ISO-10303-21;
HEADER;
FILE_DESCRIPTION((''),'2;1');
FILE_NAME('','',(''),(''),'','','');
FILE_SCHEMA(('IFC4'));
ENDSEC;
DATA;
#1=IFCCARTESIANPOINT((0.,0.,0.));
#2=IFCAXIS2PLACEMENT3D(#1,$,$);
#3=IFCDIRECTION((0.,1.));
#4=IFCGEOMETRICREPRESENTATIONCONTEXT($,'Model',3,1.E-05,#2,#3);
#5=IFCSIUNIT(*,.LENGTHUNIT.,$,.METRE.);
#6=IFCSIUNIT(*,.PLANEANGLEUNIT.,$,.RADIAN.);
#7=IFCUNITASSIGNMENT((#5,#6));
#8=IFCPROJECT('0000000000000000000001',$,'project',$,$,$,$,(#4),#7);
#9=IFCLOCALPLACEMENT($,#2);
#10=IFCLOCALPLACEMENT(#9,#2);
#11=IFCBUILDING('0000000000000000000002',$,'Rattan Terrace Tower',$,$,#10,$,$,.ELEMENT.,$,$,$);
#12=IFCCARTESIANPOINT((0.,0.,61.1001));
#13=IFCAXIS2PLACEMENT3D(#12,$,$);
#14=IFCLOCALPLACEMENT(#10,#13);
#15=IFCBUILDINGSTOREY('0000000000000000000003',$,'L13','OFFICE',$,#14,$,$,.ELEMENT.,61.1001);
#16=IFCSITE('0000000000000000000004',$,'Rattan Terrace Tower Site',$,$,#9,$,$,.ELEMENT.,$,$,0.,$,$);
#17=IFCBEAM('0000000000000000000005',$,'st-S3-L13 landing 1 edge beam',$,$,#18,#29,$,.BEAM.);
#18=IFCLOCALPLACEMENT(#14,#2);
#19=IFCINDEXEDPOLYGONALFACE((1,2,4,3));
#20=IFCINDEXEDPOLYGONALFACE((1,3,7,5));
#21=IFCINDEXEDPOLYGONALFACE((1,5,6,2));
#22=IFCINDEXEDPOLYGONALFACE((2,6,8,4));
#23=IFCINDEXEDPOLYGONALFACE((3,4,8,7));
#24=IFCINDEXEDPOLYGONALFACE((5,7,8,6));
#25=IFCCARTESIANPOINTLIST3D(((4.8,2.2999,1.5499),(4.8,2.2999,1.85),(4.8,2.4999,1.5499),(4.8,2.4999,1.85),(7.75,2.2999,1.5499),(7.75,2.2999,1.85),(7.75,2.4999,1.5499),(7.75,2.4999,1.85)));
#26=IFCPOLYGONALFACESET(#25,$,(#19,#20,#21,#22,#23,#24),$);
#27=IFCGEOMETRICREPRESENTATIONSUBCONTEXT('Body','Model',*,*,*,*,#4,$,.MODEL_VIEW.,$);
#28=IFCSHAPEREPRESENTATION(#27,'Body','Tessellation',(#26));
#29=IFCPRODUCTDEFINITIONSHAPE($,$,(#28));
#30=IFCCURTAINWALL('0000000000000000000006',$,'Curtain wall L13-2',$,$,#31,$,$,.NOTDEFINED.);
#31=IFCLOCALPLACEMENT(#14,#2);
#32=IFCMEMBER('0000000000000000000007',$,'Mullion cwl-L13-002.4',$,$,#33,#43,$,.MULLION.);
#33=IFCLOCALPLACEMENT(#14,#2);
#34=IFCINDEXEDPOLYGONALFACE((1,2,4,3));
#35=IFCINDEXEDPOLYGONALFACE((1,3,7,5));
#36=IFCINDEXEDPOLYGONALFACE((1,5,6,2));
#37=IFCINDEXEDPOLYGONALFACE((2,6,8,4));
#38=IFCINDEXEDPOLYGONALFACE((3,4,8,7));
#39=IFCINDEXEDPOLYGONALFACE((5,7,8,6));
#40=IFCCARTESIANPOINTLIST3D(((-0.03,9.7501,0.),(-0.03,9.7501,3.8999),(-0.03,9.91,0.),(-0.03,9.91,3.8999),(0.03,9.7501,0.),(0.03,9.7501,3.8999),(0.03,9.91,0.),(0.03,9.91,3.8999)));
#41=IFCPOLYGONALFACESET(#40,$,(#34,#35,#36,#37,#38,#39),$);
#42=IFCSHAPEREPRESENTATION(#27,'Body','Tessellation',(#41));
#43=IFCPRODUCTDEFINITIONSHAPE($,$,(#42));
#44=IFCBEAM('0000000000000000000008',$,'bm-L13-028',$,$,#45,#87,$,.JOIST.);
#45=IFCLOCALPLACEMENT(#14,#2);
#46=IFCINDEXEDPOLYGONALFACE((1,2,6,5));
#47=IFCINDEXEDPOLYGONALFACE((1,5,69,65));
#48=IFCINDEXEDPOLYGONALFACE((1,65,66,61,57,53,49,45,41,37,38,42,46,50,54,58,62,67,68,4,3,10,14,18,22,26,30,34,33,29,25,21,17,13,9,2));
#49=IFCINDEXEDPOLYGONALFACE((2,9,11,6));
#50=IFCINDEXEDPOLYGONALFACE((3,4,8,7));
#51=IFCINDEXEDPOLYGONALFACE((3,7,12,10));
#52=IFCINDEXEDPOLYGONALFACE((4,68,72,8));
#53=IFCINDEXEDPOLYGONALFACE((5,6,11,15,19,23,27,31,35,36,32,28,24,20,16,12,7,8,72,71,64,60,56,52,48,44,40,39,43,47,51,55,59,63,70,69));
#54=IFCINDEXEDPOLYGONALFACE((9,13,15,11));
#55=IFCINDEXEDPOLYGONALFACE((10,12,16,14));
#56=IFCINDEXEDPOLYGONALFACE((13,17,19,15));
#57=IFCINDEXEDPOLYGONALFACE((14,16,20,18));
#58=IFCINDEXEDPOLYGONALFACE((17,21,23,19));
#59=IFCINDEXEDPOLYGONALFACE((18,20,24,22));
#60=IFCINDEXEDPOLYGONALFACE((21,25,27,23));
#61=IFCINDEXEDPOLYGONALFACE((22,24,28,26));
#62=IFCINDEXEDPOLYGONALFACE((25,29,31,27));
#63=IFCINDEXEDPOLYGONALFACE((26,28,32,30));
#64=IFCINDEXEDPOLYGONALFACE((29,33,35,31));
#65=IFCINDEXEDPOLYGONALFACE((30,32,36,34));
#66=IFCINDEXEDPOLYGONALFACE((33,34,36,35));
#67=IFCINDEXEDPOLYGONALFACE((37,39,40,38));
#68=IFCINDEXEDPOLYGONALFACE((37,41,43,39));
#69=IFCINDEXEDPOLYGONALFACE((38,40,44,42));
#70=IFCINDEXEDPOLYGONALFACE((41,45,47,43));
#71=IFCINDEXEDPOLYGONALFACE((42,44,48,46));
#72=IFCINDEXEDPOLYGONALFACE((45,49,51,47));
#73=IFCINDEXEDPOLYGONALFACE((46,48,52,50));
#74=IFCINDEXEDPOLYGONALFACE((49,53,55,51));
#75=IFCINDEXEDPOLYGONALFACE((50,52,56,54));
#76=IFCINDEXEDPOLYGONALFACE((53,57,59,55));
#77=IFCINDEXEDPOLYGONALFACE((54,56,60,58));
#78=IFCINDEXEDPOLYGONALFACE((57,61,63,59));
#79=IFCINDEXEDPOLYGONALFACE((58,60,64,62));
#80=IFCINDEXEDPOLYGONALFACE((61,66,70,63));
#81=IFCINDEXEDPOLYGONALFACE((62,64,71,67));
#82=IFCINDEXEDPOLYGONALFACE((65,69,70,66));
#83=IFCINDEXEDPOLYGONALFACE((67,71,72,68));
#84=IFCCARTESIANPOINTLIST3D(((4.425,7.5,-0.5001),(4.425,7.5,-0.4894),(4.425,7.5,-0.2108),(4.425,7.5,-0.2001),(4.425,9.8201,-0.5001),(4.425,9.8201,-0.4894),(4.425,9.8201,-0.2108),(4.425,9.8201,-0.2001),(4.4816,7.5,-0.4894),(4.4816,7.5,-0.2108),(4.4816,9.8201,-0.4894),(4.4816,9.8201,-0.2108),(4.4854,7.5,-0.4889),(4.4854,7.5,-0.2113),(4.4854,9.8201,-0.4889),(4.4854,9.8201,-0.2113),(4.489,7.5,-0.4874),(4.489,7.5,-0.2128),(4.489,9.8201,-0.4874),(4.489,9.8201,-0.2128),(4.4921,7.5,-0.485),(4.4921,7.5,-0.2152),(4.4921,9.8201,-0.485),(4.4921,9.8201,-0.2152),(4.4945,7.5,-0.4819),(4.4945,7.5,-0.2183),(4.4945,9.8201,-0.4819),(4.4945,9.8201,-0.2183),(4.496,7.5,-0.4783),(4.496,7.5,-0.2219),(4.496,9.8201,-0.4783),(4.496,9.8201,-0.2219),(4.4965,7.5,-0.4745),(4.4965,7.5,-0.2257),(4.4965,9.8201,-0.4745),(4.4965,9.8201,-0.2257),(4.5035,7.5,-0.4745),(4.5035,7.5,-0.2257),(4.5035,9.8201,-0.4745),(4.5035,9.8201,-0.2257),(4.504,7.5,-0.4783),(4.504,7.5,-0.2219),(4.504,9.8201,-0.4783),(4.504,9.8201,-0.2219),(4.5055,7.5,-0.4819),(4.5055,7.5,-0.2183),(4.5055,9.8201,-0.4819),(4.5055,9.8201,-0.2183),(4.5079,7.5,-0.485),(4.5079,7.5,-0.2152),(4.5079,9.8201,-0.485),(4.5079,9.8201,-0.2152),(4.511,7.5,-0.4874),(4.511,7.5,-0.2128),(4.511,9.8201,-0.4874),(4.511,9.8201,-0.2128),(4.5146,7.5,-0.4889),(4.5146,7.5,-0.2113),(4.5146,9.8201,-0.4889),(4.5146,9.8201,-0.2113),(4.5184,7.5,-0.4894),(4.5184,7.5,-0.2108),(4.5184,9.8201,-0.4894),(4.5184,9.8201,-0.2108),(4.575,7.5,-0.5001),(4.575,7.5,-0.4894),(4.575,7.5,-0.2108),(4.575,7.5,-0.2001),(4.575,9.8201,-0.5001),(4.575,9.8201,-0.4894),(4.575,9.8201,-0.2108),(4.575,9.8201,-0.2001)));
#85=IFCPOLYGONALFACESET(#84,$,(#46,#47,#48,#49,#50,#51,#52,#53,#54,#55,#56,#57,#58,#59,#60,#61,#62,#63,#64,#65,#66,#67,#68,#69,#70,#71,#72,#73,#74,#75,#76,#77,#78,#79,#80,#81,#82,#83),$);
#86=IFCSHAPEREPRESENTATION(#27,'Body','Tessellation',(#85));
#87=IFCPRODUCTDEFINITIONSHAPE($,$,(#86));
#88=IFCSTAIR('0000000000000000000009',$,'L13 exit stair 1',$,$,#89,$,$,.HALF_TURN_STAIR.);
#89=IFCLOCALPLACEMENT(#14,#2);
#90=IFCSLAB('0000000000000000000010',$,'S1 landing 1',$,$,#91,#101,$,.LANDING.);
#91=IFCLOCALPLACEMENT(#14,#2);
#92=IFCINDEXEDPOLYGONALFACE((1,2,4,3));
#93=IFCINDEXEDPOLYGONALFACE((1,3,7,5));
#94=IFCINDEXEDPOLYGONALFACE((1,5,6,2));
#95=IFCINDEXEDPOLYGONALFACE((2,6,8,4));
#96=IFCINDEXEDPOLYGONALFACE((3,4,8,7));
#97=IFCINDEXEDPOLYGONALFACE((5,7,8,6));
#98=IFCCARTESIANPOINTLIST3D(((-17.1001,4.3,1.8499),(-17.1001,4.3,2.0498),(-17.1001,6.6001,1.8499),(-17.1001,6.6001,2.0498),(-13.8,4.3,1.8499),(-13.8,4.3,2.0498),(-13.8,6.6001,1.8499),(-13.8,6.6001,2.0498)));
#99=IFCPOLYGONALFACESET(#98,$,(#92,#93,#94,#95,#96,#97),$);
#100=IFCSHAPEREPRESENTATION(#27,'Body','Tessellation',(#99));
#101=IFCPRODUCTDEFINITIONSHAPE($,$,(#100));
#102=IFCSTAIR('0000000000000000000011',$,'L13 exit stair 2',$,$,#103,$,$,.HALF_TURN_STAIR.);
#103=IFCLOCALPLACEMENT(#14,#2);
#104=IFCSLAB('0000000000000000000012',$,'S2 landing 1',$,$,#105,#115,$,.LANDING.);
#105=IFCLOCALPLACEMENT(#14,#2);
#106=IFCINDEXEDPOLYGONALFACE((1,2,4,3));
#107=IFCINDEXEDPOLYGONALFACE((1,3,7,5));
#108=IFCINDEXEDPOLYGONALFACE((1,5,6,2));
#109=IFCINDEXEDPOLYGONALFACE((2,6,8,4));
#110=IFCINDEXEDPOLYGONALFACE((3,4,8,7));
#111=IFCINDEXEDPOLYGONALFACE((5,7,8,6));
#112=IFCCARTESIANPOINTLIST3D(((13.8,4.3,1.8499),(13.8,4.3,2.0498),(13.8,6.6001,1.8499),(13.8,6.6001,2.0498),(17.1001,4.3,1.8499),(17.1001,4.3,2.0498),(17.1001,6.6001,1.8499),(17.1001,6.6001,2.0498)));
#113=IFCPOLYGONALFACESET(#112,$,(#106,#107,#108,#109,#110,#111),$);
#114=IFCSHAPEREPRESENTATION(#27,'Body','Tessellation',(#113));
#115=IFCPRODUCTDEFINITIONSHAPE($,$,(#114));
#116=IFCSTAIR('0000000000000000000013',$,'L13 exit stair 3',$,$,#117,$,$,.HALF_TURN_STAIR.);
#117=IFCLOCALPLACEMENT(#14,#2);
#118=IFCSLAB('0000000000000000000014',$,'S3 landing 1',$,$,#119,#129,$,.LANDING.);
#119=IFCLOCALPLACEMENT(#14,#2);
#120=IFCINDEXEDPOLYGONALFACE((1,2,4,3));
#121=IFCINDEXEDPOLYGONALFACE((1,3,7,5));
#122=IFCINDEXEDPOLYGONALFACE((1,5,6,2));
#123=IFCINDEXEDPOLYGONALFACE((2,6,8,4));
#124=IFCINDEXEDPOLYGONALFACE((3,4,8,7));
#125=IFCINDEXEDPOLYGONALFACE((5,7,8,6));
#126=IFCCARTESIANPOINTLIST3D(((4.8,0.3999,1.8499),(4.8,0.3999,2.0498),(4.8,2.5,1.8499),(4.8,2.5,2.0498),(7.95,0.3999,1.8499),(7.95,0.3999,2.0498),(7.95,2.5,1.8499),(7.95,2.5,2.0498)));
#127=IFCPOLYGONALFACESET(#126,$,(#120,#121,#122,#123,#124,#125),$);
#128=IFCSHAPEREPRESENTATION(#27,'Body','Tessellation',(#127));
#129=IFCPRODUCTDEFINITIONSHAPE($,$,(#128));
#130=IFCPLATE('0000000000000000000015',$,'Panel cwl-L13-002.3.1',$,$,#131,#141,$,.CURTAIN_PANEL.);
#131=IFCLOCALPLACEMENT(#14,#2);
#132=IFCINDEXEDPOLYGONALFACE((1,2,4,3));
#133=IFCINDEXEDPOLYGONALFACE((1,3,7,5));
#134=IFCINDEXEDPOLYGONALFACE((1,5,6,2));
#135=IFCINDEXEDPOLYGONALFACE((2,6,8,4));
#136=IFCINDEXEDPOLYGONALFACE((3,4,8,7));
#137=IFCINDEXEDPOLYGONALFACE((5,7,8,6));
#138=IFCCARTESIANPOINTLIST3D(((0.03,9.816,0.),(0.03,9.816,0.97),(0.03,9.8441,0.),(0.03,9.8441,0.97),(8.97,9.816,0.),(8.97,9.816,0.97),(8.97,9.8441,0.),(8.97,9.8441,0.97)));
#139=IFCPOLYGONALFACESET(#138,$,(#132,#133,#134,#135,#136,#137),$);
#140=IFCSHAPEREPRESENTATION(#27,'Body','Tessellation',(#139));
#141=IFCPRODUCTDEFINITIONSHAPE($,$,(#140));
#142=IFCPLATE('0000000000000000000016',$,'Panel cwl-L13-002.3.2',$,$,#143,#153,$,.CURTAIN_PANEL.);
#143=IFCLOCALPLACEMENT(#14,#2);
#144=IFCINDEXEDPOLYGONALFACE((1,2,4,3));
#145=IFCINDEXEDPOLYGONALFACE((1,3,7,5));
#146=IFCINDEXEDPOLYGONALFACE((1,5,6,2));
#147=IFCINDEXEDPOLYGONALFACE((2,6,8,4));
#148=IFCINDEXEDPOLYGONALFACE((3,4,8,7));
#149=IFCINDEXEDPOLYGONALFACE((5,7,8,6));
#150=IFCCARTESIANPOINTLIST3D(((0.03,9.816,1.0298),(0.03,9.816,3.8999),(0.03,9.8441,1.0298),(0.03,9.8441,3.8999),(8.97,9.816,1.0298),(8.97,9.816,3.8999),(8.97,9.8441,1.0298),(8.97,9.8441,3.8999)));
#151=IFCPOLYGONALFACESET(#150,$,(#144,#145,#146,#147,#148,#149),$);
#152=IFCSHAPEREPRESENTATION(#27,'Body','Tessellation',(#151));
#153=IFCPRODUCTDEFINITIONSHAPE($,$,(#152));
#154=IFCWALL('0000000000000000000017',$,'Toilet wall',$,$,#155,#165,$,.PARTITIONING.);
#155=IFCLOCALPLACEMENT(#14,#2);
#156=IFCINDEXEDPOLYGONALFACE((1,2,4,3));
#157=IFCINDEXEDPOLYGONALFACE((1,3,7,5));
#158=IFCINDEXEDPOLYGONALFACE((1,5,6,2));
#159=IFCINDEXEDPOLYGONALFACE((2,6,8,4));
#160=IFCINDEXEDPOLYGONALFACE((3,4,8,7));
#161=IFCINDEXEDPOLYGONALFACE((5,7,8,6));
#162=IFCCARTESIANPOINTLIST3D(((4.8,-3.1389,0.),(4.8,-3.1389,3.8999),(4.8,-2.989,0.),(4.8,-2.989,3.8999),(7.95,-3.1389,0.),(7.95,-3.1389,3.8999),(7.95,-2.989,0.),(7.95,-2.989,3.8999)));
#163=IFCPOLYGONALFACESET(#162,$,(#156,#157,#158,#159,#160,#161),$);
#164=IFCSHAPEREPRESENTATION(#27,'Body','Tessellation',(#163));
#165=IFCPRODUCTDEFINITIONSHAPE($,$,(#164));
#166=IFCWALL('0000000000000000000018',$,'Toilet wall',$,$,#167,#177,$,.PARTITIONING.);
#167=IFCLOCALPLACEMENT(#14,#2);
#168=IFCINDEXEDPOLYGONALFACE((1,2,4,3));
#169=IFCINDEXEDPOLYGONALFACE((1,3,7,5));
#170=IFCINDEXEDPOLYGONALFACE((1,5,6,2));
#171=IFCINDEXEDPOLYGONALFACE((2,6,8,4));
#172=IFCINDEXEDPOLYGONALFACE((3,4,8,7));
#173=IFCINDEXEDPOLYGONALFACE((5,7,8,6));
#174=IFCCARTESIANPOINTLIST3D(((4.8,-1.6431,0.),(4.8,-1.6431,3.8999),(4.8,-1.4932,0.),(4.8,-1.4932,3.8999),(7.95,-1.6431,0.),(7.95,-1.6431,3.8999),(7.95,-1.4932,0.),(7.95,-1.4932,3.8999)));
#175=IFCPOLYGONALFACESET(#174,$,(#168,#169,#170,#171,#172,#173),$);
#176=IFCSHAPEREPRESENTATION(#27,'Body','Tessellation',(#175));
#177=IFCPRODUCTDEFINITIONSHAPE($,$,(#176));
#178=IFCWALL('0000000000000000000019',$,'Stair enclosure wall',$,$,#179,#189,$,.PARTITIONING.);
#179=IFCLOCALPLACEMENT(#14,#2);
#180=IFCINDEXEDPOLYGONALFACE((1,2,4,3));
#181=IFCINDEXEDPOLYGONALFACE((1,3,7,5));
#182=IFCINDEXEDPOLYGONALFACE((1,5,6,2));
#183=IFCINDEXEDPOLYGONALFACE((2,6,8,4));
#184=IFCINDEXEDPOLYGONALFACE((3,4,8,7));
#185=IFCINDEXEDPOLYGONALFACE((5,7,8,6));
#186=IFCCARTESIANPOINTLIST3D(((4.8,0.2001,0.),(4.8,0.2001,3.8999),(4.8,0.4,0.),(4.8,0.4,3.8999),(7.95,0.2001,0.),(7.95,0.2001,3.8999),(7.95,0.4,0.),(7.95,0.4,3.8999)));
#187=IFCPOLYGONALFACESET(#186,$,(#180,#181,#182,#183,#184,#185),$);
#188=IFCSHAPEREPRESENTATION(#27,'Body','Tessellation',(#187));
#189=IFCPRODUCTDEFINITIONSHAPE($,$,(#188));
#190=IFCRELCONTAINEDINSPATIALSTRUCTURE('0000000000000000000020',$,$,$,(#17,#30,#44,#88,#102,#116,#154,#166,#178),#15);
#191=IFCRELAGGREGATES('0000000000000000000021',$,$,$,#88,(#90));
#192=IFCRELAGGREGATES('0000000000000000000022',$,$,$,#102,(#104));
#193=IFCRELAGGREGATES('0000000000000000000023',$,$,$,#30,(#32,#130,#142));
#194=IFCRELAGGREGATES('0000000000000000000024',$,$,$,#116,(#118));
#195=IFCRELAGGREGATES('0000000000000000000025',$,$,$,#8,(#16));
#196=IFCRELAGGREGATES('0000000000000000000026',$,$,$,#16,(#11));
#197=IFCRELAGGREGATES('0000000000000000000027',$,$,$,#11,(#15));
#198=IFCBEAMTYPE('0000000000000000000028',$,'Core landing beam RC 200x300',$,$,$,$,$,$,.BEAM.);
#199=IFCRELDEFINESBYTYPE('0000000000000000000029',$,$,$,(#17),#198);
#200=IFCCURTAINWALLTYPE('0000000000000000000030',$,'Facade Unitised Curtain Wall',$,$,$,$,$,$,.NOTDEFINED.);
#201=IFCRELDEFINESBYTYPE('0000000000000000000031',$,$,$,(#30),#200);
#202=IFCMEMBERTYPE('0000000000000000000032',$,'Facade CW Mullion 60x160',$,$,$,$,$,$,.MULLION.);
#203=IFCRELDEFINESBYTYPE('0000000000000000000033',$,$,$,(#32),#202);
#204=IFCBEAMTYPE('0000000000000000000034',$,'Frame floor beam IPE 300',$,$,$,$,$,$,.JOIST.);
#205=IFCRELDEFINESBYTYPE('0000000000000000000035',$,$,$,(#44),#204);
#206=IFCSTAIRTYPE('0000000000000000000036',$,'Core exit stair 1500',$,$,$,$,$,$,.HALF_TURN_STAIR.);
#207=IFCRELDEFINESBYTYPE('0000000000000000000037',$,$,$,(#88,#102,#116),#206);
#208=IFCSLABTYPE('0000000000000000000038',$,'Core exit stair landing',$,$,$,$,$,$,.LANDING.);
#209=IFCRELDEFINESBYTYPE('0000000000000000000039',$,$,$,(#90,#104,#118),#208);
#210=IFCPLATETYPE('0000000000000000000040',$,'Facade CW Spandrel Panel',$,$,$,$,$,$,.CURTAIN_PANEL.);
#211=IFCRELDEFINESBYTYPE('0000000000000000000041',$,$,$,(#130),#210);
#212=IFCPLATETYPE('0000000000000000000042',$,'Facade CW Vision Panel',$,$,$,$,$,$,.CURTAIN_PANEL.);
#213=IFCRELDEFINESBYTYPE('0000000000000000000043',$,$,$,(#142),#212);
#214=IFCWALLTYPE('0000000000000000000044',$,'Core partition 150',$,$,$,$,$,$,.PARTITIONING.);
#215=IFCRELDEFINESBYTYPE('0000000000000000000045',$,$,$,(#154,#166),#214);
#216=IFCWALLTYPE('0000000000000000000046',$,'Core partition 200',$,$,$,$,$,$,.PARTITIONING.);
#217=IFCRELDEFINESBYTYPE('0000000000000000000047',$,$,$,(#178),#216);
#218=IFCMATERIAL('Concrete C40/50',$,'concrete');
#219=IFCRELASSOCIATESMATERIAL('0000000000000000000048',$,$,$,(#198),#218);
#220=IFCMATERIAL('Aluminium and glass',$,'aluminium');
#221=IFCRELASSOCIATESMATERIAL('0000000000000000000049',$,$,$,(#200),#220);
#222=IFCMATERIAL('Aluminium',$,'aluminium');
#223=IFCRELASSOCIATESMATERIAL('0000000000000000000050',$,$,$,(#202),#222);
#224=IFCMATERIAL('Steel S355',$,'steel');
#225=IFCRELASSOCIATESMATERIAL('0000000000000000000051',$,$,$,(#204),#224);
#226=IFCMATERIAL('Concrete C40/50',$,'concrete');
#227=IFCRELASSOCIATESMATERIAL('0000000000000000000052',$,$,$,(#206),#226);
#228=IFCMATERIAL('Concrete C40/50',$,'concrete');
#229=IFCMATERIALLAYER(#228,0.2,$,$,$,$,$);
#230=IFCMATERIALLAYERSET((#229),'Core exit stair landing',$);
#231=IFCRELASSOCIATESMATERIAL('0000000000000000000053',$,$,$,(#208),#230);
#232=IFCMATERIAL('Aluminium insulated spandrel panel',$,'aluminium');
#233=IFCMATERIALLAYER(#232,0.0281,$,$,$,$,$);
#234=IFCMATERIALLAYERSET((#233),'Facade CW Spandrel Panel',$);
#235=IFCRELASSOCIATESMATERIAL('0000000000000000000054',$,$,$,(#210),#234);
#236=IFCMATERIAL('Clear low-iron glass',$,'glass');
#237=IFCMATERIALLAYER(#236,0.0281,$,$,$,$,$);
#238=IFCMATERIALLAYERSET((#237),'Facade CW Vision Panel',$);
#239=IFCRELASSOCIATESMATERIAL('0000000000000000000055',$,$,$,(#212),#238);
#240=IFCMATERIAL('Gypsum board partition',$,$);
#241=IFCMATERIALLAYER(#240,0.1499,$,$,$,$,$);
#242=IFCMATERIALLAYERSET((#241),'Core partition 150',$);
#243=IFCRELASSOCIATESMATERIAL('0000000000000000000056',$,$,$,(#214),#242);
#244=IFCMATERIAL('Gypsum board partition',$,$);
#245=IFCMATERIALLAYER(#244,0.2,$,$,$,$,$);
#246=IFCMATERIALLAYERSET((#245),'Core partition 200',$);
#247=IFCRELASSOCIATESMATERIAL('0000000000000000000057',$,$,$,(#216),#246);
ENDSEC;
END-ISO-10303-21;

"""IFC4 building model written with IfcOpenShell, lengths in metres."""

from ifc_helpers import new_model, si_unit, direction, frame, frame_2d, origin, origin_2d, place, context, subcontext, project, spatial, polyline, rectangle, i_section, outline, extrude, material, layer, layer_set, material_profile, profile_set, type_object, element, aggregate, save


model = new_model("IFC4")

# Units and contexts
model_context = context("Model", 3, precision=1e-05, world=origin(), true_north=direction((0.0, 1.0)))
body_context = subcontext(model_context, "Body", "Model", "MODEL_VIEW")
ifc_project = project(units=[si_unit("LENGTHUNIT", "METRE"), si_unit("PLANEANGLEUNIT", "RADIAN")], contexts=[model_context])

# Site, building, storey
site_placement = place(None, origin())
site = spatial("IfcSite", under=ifc_project, at=site_placement, Name="Rattan Terrace Tower Site", CompositionType="ELEMENT", RefElevation=0.0)
building_placement = place(site_placement, origin())
building = spatial("IfcBuilding", under=site, at=building_placement, Name="Rattan Terrace Tower", CompositionType="ELEMENT")
storey_placement = place(building_placement, frame((0.0, 0.0, 61.1001)))
storey = spatial("IfcBuildingStorey", under=building, at=storey_placement, Name="L13", Description="OFFICE", CompositionType="ELEMENT", Elevation=61.1001)

# Beam
ifc_material_1 = material(Name="Concrete C40/50", Category="concrete")
ifc_material_profile_1 = material_profile(ifc_material_1, rectangle(XDim=0.2, YDim=0.3, at=origin_2d()), Name="RC 200x300")
ifc_profile_set_1 = profile_set([ifc_material_profile_1], Name="Concrete C40/50")
beam_type_1 = type_object("IfcBeamType", Name="Core landing beam RC 200x300", PredefinedType="BEAM", material=ifc_profile_set_1)
beam_1_placement = place(storey_placement, frame((4.8, 2.3999, 1.7), z_axis=(1.0, 0.0, 0.0), x_axis=(0.0, 1.0, 0.0)))
element("IfcBeam", 1, at=beam_1_placement, inside=storey, type_object=beam_type_1, Name="st-S3-L13 landing 1 edge beam", PredefinedType="BEAM", context=body_context, shape_type="SweptSolid", body=[
    extrude(rectangle(XDim=0.2, YDim=0.3, at=origin_2d()), origin(), (0.0, 0.0, 1.0), 2.95),
])

# Curtain wall, member
ifc_material_2 = material(Name="Aluminium and glass", Category="aluminium")
curtain_wall_type = type_object("IfcCurtainWallType", Name="Facade Unitised Curtain Wall", PredefinedType="NOTDEFINED", material=ifc_material_2)
curtain_wall_placement = place(storey_placement, origin())
curtain_wall = element("IfcCurtainWall", 2, at=curtain_wall_placement, inside=storey, type_object=curtain_wall_type, Name="Curtain wall L13-2", PredefinedType="NOTDEFINED")
ifc_material_3 = material(Name="Aluminium", Category="aluminium")
ifc_material_profile_2 = material_profile(ifc_material_3, rectangle(XDim=0.0601, YDim=0.1599, at=origin_2d()), Name="Aluminium 60x160")
ifc_profile_set_2 = profile_set([ifc_material_profile_2], Name="Aluminium")
member_type = type_object("IfcMemberType", Name="Facade CW Mullion 60x160", PredefinedType="MULLION", material=ifc_profile_set_2)
member_placement = place(storey_placement, frame((0.0, 9.8301, 0.0), z_axis=(0.0, 0.0, 1.0), x_axis=(-1.0, 0.0, 0.0)))
member = element("IfcMember", 3, at=member_placement, type_object=member_type, Name="Mullion cwl-L13-002.4", PredefinedType="MULLION", context=body_context, shape_type="SweptSolid", body=[
    extrude(rectangle(XDim=0.0601, YDim=0.1599, at=origin_2d()), origin(), (0.0, 0.0, 1.0), 3.8999),
])

# Beam
ifc_material_4 = material(Name="Steel S355", Category="steel")
ifc_material_profile_3 = material_profile(ifc_material_4, i_section(OverallWidth=0.1499, OverallDepth=0.3, WebThickness=0.0071, FlangeThickness=0.0107, FilletRadius=0.0149, at=origin_2d()), Name="IPE 300")
ifc_profile_set_3 = profile_set([ifc_material_profile_3], Name="Steel S355")
beam_type_2 = type_object("IfcBeamType", Name="Frame floor beam IPE 300", PredefinedType="JOIST", material=ifc_profile_set_3)
beam_2_placement = place(storey_placement, frame((4.5, 7.5, -0.3501), z_axis=(0.0, 1.0, 0.0), x_axis=(-1.0, 0.0, 0.0)))
element("IfcBeam", 4, at=beam_2_placement, inside=storey, type_object=beam_type_2, Name="bm-L13-028", PredefinedType="JOIST", context=body_context, shape_type="SweptSolid", body=[
    extrude(i_section(OverallWidth=0.1499, OverallDepth=0.3, WebThickness=0.0071, FlangeThickness=0.0107, FilletRadius=0.0149, at=origin_2d()), origin(), (0.0, 0.0, 1.0), 2.3201),
])

# Stairs, slabs
ifc_material_5 = material(Name="Concrete C40/50", Category="concrete")
stair_type = type_object("IfcStairType", Name="Core exit stair 1500", PredefinedType="HALF_TURN_STAIR", material=ifc_material_5)
stair_1_placement = place(storey_placement, origin())
stair_1 = element("IfcStair", 5, at=stair_1_placement, inside=storey, type_object=stair_type, Name="L13 exit stair 1", PredefinedType="HALF_TURN_STAIR")
ifc_material_6 = material(Name="Concrete C40/50", Category="concrete")
ifc_layer_1 = layer(ifc_material_6, 0.2)
ifc_layer_set_1 = layer_set([ifc_layer_1], Name="Core exit stair landing")
slab_type = type_object("IfcSlabType", Name="Core exit stair landing", PredefinedType="LANDING", material=ifc_layer_set_1)
slab_1_placement = place(storey_placement, frame((0.0, 0.0, 1.8499)))
slab_1 = element("IfcSlab", 6, at=slab_1_placement, type_object=slab_type, Name="S1 landing 1", PredefinedType="LANDING", context=body_context, shape_type="SweptSolid", body=[
    extrude(outline(polyline([(-13.8, 4.3), (-13.8, 6.6001), (-17.1001, 6.6001), (-17.1001, 4.3), (-13.8, 4.3)])), origin(), (0.0, 0.0, 1.0), 0.2),
])
aggregate(stair_1, [slab_1])
stair_2_placement = place(storey_placement, origin())
stair_2 = element("IfcStair", 7, at=stair_2_placement, inside=storey, type_object=stair_type, Name="L13 exit stair 2", PredefinedType="HALF_TURN_STAIR")
slab_2_placement = place(storey_placement, frame((0.0, 0.0, 1.8499)))
slab_2 = element("IfcSlab", 8, at=slab_2_placement, type_object=slab_type, Name="S2 landing 1", PredefinedType="LANDING", context=body_context, shape_type="SweptSolid", body=[
    extrude(outline(polyline([(17.1001, 4.3), (17.1001, 6.6001), (13.8, 6.6001), (13.8, 4.3), (17.1001, 4.3)])), origin(), (0.0, 0.0, 1.0), 0.2),
])
aggregate(stair_2, [slab_2])
stair_3_placement = place(storey_placement, origin())
stair_3 = element("IfcStair", 9, at=stair_3_placement, inside=storey, type_object=stair_type, Name="L13 exit stair 3", PredefinedType="HALF_TURN_STAIR")
slab_3_placement = place(storey_placement, frame((0.0, 0.0, 1.8499)))
slab_3 = element("IfcSlab", 10, at=slab_3_placement, type_object=slab_type, Name="S3 landing 1", PredefinedType="LANDING", context=body_context, shape_type="SweptSolid", body=[
    extrude(outline(polyline([(4.8, 2.5), (4.8, 0.3999), (7.95, 0.3999), (7.95, 2.5), (4.8, 2.5)])), origin(), (0.0, 0.0, 1.0), 0.2),
])

# Plates
ifc_material_7 = material(Name="Aluminium insulated spandrel panel", Category="aluminium")
ifc_layer_2 = layer(ifc_material_7, 0.0281)
ifc_layer_set_2 = layer_set([ifc_layer_2], Name="Facade CW Spandrel Panel")
plate_type_1 = type_object("IfcPlateType", Name="Facade CW Spandrel Panel", PredefinedType="CURTAIN_PANEL", material=ifc_layer_set_2)
plate_1_placement = place(storey_placement, frame((4.5, 9.8301, 0.0), z_axis=(0.0, 0.0, 1.0), x_axis=(-1.0, 0.0, 0.0)))
plate_1 = element("IfcPlate", 11, at=plate_1_placement, type_object=plate_type_1, Name="Panel cwl-L13-002.3.1", PredefinedType="CURTAIN_PANEL", context=body_context, shape_type="SweptSolid", body=[
    extrude(rectangle(XDim=8.9399, YDim=0.0281, at=origin_2d()), origin(), (0.0, 0.0, 1.0), 0.97),
])
ifc_material_8 = material(Name="Clear low-iron glass", Category="glass")
ifc_layer_3 = layer(ifc_material_8, 0.0281)
ifc_layer_set_3 = layer_set([ifc_layer_3], Name="Facade CW Vision Panel")
plate_type_2 = type_object("IfcPlateType", Name="Facade CW Vision Panel", PredefinedType="CURTAIN_PANEL", material=ifc_layer_set_3)
plate_2_placement = place(storey_placement, frame((4.5, 9.8301, 1.0298), z_axis=(0.0, 0.0, 1.0), x_axis=(-1.0, 0.0, 0.0)))
plate_2 = element("IfcPlate", 12, at=plate_2_placement, type_object=plate_type_2, Name="Panel cwl-L13-002.3.2", PredefinedType="CURTAIN_PANEL", context=body_context, shape_type="SweptSolid", body=[
    extrude(rectangle(XDim=8.9399, YDim=0.0281, at=origin_2d()), origin(), (0.0, 0.0, 1.0), 2.8701),
])
aggregate(curtain_wall, [member, plate_1, plate_2])

# Walls
ifc_material_9 = material(Name="Gypsum board partition")
ifc_layer_4 = layer(ifc_material_9, 0.1499)
ifc_layer_set_4 = layer_set([ifc_layer_4], Name="Core partition 150")
wall_type_1 = type_object("IfcWallType", Name="Core partition 150", PredefinedType="PARTITIONING", material=ifc_layer_set_4)
for number, where, z_axis, x_axis, name in (
    (13, (4.8, -3.064, 0.0), (0.0, 0.0, 1.0), (1.0, 0.0, 0.0), "Toilet wall"),
    (14, (4.8, -1.5681, 0.0), (0.0, 0.0, 1.0), (1.0, 0.0, 0.0), "Toilet wall"),
):
    element("IfcWall", number, at=place(storey_placement, frame(where, z_axis=z_axis, x_axis=x_axis)), inside=storey, type_object=wall_type_1, Name=name, PredefinedType="PARTITIONING", context=body_context, shape_type="SweptSolid", body=[
        extrude(rectangle(XDim=3.1499, YDim=0.1499, at=frame_2d((1.575, 0.0))), origin(), (0.0, 0.0, 1.0), 3.8999),
    ])
ifc_material_10 = material(Name="Gypsum board partition")
ifc_layer_5 = layer(ifc_material_10, 0.2)
ifc_layer_set_5 = layer_set([ifc_layer_5], Name="Core partition 200")
wall_type_2 = type_object("IfcWallType", Name="Core partition 200", PredefinedType="PARTITIONING", material=ifc_layer_set_5)
wall_placement = place(storey_placement, frame((4.8, 0.3, 0.0), z_axis=(0.0, 0.0, 1.0), x_axis=(1.0, 0.0, 0.0)))
element("IfcWall", 15, at=wall_placement, inside=storey, type_object=wall_type_2, Name="Stair enclosure wall", PredefinedType="PARTITIONING", context=body_context, shape_type="SweptSolid", body=[
    extrude(rectangle(XDim=3.1499, YDim=0.2, at=frame_2d((1.575, 0.0))), origin(), (0.0, 0.0, 1.0), 3.8999),
])

aggregate(stair_3, [slab_3])

save(model, "model.ifc")
